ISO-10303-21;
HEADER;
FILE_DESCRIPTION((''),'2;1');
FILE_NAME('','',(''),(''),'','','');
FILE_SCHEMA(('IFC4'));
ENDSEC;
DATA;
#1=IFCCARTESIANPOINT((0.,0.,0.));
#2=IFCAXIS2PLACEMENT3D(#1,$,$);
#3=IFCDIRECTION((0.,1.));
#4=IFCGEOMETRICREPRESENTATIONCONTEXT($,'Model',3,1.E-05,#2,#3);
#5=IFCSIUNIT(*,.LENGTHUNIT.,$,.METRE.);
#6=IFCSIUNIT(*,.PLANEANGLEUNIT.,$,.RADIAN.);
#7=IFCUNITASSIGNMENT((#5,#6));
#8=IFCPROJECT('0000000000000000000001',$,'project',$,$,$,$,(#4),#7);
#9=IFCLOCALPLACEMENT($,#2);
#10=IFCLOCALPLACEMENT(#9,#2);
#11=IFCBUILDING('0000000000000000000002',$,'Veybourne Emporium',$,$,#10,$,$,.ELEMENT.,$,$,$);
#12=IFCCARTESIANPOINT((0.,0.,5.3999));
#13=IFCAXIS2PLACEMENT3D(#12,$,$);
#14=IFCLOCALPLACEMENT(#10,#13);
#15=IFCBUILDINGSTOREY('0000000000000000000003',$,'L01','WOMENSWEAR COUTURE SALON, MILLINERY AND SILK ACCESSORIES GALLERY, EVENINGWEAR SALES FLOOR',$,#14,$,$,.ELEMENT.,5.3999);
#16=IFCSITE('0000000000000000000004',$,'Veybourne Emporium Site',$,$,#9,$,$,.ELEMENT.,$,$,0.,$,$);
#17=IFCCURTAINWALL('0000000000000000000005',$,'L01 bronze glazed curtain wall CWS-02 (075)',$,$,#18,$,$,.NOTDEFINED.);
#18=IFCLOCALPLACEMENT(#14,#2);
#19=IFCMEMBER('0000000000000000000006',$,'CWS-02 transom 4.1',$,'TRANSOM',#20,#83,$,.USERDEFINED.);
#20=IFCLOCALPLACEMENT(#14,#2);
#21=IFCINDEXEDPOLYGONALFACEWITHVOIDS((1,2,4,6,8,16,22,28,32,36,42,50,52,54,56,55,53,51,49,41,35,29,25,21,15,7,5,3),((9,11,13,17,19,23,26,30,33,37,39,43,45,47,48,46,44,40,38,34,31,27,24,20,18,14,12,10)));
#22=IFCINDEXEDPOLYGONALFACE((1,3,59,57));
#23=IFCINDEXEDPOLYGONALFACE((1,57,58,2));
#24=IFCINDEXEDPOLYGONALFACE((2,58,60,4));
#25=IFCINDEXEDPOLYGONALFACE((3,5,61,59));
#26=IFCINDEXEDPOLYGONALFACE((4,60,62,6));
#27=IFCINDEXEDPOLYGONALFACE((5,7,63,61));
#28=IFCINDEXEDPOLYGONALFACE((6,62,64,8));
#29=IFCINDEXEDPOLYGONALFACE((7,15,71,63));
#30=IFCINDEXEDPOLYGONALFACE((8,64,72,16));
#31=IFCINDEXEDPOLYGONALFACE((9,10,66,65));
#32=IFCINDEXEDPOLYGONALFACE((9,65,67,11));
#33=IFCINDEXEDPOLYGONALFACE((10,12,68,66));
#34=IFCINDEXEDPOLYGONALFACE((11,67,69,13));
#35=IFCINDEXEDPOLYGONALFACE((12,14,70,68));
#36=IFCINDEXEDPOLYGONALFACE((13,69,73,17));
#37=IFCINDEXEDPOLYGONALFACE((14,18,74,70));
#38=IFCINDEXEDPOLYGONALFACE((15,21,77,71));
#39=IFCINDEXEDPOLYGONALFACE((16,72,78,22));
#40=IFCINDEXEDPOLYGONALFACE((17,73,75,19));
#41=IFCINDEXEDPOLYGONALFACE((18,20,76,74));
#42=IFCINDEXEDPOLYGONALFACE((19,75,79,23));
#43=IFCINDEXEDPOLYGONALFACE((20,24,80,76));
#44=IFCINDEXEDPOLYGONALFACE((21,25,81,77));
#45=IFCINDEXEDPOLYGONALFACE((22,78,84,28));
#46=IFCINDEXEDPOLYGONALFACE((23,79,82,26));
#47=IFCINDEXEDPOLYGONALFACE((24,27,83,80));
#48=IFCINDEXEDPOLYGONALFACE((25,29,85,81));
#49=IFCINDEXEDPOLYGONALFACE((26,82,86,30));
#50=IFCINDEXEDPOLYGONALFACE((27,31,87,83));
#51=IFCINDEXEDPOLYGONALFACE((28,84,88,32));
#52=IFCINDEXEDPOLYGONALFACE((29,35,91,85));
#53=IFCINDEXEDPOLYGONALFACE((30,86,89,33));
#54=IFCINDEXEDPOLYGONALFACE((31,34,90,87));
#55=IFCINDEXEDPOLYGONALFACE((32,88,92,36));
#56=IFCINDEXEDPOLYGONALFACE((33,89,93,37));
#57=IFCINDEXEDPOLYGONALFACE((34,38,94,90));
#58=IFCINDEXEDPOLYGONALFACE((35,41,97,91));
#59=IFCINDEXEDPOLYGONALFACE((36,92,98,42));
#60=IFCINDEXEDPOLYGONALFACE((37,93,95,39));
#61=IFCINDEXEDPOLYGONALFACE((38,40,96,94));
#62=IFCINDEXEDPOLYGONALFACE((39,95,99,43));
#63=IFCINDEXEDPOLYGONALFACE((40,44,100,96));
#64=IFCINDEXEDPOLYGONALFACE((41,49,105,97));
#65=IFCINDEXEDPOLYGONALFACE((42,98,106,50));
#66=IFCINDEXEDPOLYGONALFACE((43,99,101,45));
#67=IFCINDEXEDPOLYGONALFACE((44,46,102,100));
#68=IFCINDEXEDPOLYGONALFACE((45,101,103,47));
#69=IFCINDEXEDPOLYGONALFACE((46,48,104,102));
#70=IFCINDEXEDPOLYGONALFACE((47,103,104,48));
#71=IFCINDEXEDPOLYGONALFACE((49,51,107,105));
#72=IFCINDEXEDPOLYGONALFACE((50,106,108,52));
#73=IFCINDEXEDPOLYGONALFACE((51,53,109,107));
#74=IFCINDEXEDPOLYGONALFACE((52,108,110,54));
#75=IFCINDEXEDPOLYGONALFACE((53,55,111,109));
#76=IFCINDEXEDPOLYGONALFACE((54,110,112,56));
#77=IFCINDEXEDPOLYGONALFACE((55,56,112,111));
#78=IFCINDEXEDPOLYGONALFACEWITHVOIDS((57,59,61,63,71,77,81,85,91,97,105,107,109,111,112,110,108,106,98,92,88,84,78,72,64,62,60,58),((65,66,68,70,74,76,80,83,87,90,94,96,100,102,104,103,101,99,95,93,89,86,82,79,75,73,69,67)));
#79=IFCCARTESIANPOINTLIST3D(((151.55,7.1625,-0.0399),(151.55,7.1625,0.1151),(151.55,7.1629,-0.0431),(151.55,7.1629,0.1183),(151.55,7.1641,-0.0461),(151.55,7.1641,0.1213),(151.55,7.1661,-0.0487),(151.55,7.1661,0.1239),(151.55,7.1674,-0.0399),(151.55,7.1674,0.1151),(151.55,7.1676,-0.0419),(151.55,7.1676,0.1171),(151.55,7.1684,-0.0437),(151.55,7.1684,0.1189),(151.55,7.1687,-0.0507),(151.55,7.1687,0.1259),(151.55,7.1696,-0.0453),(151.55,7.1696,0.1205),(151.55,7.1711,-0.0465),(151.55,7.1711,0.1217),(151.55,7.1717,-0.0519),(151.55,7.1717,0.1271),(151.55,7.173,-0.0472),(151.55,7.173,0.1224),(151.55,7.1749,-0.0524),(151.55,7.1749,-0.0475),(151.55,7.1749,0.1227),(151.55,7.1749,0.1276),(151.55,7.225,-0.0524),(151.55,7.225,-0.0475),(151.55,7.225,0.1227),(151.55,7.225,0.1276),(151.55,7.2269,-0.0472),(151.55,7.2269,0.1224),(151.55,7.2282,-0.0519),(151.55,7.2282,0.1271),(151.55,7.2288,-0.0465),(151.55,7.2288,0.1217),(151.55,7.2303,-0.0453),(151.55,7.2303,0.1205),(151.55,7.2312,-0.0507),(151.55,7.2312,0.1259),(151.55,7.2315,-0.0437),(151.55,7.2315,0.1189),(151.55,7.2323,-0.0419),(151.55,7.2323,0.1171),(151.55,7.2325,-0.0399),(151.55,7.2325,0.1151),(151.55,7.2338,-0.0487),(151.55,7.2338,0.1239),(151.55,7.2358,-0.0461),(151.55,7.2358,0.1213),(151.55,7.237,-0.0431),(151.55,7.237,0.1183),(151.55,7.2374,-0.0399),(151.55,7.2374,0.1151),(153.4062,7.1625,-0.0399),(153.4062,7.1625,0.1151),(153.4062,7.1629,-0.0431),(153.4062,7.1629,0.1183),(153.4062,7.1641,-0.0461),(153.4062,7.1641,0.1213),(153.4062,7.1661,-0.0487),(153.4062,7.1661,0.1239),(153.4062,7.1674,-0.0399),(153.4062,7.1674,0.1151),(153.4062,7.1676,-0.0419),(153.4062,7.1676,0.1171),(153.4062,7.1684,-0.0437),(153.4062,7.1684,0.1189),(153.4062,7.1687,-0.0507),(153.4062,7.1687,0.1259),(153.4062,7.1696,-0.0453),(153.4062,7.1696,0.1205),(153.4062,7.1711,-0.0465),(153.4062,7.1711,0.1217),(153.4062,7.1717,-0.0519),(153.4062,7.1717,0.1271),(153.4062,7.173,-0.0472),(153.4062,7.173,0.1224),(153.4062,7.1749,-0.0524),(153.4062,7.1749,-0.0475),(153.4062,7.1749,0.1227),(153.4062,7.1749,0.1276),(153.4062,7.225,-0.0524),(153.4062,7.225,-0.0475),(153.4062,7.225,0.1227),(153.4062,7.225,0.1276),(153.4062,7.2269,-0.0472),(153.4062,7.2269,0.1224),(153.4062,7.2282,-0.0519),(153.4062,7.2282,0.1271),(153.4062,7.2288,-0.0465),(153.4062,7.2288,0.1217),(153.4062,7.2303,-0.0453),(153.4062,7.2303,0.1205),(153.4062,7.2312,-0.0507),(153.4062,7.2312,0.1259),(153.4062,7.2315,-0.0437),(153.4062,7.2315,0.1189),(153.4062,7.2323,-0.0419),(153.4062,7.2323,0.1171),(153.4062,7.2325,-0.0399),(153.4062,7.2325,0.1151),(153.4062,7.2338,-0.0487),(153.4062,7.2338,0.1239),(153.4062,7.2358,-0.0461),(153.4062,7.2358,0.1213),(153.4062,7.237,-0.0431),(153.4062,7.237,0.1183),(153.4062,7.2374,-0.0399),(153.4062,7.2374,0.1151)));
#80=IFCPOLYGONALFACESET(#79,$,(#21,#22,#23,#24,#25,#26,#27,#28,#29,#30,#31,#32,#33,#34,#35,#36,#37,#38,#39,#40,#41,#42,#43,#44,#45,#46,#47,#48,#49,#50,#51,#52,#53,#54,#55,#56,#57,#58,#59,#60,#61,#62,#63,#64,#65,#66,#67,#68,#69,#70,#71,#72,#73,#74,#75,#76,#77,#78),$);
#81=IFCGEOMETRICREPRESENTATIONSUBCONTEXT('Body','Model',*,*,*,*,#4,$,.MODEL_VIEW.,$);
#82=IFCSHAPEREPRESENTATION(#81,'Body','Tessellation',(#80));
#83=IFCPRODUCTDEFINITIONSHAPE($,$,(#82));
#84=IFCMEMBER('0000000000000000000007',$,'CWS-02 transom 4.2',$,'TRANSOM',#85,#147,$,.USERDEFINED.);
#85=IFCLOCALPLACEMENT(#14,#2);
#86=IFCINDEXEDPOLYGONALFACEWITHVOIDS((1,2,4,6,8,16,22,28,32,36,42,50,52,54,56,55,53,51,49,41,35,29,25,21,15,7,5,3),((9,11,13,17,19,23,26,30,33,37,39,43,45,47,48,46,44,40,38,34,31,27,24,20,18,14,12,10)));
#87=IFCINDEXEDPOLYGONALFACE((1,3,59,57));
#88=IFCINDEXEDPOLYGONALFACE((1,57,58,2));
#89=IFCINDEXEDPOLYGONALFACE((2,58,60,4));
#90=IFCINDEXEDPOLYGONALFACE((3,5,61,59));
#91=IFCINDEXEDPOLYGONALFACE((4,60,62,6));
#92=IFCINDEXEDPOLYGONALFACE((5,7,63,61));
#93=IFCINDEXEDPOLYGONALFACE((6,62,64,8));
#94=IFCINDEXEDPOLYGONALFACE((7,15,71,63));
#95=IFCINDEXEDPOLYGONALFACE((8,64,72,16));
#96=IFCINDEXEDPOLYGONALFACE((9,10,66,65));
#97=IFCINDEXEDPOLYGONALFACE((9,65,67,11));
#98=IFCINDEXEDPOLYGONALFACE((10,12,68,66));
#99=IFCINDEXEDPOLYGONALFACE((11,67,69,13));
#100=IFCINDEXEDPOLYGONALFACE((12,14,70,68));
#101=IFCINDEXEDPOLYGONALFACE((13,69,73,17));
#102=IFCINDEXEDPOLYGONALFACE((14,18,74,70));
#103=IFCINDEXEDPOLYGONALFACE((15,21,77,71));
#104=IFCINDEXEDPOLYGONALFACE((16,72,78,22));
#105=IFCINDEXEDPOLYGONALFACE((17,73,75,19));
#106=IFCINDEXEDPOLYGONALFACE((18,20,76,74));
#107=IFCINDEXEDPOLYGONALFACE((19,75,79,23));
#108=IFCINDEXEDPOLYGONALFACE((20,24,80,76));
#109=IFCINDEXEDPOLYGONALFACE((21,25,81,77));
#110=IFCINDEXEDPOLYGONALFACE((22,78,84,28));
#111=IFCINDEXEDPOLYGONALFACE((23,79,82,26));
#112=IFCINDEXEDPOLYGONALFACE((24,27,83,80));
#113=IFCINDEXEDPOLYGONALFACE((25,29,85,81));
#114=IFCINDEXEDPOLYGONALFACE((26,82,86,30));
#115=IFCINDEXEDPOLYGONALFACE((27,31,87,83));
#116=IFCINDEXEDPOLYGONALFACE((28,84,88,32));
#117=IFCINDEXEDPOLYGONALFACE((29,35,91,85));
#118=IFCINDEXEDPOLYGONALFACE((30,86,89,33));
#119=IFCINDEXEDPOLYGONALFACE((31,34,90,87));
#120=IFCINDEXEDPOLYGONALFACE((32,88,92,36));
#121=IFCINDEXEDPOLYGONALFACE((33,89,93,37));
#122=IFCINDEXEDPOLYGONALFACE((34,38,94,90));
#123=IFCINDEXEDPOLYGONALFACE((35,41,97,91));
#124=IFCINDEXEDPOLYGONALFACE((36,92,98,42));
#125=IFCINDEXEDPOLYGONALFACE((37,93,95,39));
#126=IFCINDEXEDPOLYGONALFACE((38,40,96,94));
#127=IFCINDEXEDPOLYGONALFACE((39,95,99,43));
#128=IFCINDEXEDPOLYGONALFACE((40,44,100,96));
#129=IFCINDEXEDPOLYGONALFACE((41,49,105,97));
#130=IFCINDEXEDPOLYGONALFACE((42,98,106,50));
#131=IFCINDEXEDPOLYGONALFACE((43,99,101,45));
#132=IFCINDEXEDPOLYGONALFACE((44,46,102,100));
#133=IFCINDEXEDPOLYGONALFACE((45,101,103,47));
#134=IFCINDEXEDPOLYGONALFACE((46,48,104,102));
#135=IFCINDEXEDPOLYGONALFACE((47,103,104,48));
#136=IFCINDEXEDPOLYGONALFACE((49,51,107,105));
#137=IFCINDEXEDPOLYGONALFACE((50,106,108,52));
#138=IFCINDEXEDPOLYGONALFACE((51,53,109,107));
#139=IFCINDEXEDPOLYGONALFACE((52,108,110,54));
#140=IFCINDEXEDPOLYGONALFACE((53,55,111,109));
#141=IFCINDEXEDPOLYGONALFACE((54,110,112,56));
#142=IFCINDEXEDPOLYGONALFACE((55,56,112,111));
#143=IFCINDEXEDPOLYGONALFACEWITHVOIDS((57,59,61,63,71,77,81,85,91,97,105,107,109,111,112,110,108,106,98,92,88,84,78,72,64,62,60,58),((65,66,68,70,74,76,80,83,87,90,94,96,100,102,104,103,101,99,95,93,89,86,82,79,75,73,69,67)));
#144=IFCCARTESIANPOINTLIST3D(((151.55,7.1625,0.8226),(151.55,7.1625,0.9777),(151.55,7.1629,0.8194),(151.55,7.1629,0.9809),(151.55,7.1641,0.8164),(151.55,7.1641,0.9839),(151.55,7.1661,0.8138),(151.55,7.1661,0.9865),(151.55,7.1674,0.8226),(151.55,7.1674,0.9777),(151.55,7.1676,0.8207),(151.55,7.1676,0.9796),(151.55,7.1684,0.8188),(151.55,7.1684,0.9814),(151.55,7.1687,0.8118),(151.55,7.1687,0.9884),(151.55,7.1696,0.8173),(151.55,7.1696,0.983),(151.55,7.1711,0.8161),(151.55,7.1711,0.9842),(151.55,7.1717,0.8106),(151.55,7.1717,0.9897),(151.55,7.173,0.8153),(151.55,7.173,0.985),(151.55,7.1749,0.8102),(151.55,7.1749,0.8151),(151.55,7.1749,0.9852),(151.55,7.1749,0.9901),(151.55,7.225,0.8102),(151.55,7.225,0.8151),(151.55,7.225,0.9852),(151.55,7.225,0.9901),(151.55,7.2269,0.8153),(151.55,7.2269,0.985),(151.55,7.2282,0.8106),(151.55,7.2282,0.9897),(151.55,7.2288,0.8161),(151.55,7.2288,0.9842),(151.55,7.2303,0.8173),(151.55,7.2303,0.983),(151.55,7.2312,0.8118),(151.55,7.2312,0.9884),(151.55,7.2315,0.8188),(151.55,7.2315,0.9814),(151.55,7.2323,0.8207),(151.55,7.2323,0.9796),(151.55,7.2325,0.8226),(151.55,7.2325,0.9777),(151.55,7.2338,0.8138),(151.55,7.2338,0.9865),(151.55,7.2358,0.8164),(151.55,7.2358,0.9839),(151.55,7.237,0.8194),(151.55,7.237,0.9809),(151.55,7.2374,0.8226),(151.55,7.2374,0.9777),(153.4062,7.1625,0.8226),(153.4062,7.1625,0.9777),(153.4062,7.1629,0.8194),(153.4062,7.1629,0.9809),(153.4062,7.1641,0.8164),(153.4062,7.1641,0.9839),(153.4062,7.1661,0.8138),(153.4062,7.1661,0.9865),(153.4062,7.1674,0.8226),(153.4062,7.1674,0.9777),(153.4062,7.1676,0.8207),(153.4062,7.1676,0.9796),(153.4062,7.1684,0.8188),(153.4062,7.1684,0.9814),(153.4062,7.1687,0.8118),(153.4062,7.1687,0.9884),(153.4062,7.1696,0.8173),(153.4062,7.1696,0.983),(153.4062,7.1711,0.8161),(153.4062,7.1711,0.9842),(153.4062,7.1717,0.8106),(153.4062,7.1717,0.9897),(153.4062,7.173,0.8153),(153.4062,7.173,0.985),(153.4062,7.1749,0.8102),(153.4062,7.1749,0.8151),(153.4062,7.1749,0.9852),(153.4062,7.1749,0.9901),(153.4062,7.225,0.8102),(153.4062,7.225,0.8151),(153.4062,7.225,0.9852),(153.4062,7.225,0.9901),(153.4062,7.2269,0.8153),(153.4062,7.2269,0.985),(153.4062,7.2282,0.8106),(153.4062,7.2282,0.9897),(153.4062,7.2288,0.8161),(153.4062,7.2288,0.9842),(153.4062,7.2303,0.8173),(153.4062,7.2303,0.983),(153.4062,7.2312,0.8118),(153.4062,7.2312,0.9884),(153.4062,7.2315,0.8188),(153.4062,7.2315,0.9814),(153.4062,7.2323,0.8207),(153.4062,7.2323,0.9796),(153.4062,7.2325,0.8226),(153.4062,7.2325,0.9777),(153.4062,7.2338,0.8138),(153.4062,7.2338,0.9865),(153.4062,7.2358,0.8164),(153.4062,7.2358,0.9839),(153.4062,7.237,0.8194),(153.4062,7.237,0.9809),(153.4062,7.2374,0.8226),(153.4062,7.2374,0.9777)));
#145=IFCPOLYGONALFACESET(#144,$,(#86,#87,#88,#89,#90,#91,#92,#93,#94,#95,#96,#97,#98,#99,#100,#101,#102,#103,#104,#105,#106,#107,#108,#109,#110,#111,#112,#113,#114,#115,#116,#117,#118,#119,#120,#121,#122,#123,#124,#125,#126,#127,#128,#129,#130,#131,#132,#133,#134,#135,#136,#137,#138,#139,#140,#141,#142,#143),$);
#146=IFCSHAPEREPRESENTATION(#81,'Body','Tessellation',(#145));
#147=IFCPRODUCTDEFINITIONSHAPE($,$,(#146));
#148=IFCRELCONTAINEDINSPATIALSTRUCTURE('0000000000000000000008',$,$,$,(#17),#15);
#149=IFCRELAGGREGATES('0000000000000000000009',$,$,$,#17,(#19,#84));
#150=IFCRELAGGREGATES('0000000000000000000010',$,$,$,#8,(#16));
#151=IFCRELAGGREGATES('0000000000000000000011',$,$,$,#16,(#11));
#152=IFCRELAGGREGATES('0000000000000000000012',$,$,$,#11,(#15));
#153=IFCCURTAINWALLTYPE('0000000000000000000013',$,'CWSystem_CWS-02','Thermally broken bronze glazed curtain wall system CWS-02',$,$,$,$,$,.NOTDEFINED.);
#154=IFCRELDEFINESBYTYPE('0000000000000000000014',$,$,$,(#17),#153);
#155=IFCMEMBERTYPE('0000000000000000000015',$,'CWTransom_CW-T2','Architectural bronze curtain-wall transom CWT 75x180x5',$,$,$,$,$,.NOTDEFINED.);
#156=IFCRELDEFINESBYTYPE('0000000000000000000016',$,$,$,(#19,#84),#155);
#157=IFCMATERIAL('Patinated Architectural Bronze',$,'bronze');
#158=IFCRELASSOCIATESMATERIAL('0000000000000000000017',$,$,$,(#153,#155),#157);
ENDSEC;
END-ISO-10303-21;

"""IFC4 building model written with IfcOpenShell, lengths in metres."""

from ifc_helpers import new_model, si_unit, direction, frame, origin, origin_2d, place, context, subcontext, project, spatial, hollow_rectangle, extrude, material, material_profile, profile_set, type_object, element, aggregate, save


model = new_model("IFC4")

# Units and contexts
model_context = context("Model", 3, precision=1e-05, world=origin(), true_north=direction((0.0, 1.0)))
body_context = subcontext(model_context, "Body", "Model", "MODEL_VIEW")
ifc_project = project(units=[si_unit("LENGTHUNIT", "METRE"), si_unit("PLANEANGLEUNIT", "RADIAN")], contexts=[model_context])

# Site, building, storey
site_placement = place(None, origin())
site = spatial("IfcSite", under=ifc_project, at=site_placement, Name="Veybourne Emporium Site", CompositionType="ELEMENT", RefElevation=0.0)
building_placement = place(site_placement, origin())
building = spatial("IfcBuilding", under=site, at=building_placement, Name="Veybourne Emporium", CompositionType="ELEMENT")
storey_placement = place(building_placement, frame((0.0, 0.0, 5.3999)))
storey = spatial("IfcBuildingStorey", under=building, at=storey_placement, Name="L01", Description="WOMENSWEAR COUTURE SALON, MILLINERY AND SILK ACCESSORIES GALLERY, EVENINGWEAR SALES FLOOR", CompositionType="ELEMENT", Elevation=5.3999)

# Shared definitions
ifc_material_1 = material(Name="Patinated Architectural Bronze", Category="bronze")

# Curtain wall
curtain_wall_type_1 = type_object("IfcCurtainWallType", Name="CWSystem_CWS-02", Description="Thermally broken bronze glazed curtain wall system CWS-02", PredefinedType="NOTDEFINED", material=ifc_material_1)
curtain_wall_1_placement = place(storey_placement, origin())
curtain_wall_1 = element("IfcCurtainWall", 1, at=curtain_wall_1_placement, inside=storey, type_object=curtain_wall_type_1, Name="L01 bronze glazed curtain wall CWS-02 (075)", PredefinedType="NOTDEFINED")

# Members
ifc_material_profile_1 = material_profile(ifc_material_1, hollow_rectangle(XDim=0.075, YDim=0.1799, WallThickness=0.0049, InnerFilletRadius=0.0076, OuterFilletRadius=0.0125, at=origin_2d()), Name="CWT 75x180x5")
ifc_profile_set_1 = profile_set([ifc_material_profile_1], Name="Patinated Architectural Bronze")
member_type_1 = type_object("IfcMemberType", Name="CWTransom_CW-T2", Description="Architectural bronze curtain-wall transom CWT 75x180x5", PredefinedType="NOTDEFINED", material=ifc_profile_set_1)
member_1_placement = place(storey_placement, frame((153.4062, 7.2, 0.0376), z_axis=(-1.0, 0.0, 0.0), x_axis=(0.0, -1.0, 0.0)))
member_1 = element("IfcMember", 2, at=member_1_placement, type_object=member_type_1, Name="CWS-02 transom 4.1", ObjectType="TRANSOM", PredefinedType="USERDEFINED", context=body_context, shape_type="SweptSolid", body=[
    extrude(hollow_rectangle(XDim=0.075, YDim=0.1799, WallThickness=0.0049, InnerFilletRadius=0.0076, OuterFilletRadius=0.0125, at=origin_2d()), origin(), (0.0, 0.0, 1.0), 1.8562),
])
member_2_placement = place(storey_placement, frame((153.4062, 7.2, 0.9001), z_axis=(-1.0, 0.0, 0.0), x_axis=(0.0, -1.0, 0.0)))
member_2 = element("IfcMember", 3, at=member_2_placement, type_object=member_type_1, Name="CWS-02 transom 4.2", ObjectType="TRANSOM", PredefinedType="USERDEFINED", context=body_context, shape_type="SweptSolid", body=[
    extrude(hollow_rectangle(XDim=0.075, YDim=0.1799, WallThickness=0.0049, InnerFilletRadius=0.0076, OuterFilletRadius=0.0125, at=origin_2d()), origin(), (0.0, 0.0, 1.0), 1.8562),
])

aggregate(curtain_wall_1, [member_1, member_2])

save(model, "model.ifc")
